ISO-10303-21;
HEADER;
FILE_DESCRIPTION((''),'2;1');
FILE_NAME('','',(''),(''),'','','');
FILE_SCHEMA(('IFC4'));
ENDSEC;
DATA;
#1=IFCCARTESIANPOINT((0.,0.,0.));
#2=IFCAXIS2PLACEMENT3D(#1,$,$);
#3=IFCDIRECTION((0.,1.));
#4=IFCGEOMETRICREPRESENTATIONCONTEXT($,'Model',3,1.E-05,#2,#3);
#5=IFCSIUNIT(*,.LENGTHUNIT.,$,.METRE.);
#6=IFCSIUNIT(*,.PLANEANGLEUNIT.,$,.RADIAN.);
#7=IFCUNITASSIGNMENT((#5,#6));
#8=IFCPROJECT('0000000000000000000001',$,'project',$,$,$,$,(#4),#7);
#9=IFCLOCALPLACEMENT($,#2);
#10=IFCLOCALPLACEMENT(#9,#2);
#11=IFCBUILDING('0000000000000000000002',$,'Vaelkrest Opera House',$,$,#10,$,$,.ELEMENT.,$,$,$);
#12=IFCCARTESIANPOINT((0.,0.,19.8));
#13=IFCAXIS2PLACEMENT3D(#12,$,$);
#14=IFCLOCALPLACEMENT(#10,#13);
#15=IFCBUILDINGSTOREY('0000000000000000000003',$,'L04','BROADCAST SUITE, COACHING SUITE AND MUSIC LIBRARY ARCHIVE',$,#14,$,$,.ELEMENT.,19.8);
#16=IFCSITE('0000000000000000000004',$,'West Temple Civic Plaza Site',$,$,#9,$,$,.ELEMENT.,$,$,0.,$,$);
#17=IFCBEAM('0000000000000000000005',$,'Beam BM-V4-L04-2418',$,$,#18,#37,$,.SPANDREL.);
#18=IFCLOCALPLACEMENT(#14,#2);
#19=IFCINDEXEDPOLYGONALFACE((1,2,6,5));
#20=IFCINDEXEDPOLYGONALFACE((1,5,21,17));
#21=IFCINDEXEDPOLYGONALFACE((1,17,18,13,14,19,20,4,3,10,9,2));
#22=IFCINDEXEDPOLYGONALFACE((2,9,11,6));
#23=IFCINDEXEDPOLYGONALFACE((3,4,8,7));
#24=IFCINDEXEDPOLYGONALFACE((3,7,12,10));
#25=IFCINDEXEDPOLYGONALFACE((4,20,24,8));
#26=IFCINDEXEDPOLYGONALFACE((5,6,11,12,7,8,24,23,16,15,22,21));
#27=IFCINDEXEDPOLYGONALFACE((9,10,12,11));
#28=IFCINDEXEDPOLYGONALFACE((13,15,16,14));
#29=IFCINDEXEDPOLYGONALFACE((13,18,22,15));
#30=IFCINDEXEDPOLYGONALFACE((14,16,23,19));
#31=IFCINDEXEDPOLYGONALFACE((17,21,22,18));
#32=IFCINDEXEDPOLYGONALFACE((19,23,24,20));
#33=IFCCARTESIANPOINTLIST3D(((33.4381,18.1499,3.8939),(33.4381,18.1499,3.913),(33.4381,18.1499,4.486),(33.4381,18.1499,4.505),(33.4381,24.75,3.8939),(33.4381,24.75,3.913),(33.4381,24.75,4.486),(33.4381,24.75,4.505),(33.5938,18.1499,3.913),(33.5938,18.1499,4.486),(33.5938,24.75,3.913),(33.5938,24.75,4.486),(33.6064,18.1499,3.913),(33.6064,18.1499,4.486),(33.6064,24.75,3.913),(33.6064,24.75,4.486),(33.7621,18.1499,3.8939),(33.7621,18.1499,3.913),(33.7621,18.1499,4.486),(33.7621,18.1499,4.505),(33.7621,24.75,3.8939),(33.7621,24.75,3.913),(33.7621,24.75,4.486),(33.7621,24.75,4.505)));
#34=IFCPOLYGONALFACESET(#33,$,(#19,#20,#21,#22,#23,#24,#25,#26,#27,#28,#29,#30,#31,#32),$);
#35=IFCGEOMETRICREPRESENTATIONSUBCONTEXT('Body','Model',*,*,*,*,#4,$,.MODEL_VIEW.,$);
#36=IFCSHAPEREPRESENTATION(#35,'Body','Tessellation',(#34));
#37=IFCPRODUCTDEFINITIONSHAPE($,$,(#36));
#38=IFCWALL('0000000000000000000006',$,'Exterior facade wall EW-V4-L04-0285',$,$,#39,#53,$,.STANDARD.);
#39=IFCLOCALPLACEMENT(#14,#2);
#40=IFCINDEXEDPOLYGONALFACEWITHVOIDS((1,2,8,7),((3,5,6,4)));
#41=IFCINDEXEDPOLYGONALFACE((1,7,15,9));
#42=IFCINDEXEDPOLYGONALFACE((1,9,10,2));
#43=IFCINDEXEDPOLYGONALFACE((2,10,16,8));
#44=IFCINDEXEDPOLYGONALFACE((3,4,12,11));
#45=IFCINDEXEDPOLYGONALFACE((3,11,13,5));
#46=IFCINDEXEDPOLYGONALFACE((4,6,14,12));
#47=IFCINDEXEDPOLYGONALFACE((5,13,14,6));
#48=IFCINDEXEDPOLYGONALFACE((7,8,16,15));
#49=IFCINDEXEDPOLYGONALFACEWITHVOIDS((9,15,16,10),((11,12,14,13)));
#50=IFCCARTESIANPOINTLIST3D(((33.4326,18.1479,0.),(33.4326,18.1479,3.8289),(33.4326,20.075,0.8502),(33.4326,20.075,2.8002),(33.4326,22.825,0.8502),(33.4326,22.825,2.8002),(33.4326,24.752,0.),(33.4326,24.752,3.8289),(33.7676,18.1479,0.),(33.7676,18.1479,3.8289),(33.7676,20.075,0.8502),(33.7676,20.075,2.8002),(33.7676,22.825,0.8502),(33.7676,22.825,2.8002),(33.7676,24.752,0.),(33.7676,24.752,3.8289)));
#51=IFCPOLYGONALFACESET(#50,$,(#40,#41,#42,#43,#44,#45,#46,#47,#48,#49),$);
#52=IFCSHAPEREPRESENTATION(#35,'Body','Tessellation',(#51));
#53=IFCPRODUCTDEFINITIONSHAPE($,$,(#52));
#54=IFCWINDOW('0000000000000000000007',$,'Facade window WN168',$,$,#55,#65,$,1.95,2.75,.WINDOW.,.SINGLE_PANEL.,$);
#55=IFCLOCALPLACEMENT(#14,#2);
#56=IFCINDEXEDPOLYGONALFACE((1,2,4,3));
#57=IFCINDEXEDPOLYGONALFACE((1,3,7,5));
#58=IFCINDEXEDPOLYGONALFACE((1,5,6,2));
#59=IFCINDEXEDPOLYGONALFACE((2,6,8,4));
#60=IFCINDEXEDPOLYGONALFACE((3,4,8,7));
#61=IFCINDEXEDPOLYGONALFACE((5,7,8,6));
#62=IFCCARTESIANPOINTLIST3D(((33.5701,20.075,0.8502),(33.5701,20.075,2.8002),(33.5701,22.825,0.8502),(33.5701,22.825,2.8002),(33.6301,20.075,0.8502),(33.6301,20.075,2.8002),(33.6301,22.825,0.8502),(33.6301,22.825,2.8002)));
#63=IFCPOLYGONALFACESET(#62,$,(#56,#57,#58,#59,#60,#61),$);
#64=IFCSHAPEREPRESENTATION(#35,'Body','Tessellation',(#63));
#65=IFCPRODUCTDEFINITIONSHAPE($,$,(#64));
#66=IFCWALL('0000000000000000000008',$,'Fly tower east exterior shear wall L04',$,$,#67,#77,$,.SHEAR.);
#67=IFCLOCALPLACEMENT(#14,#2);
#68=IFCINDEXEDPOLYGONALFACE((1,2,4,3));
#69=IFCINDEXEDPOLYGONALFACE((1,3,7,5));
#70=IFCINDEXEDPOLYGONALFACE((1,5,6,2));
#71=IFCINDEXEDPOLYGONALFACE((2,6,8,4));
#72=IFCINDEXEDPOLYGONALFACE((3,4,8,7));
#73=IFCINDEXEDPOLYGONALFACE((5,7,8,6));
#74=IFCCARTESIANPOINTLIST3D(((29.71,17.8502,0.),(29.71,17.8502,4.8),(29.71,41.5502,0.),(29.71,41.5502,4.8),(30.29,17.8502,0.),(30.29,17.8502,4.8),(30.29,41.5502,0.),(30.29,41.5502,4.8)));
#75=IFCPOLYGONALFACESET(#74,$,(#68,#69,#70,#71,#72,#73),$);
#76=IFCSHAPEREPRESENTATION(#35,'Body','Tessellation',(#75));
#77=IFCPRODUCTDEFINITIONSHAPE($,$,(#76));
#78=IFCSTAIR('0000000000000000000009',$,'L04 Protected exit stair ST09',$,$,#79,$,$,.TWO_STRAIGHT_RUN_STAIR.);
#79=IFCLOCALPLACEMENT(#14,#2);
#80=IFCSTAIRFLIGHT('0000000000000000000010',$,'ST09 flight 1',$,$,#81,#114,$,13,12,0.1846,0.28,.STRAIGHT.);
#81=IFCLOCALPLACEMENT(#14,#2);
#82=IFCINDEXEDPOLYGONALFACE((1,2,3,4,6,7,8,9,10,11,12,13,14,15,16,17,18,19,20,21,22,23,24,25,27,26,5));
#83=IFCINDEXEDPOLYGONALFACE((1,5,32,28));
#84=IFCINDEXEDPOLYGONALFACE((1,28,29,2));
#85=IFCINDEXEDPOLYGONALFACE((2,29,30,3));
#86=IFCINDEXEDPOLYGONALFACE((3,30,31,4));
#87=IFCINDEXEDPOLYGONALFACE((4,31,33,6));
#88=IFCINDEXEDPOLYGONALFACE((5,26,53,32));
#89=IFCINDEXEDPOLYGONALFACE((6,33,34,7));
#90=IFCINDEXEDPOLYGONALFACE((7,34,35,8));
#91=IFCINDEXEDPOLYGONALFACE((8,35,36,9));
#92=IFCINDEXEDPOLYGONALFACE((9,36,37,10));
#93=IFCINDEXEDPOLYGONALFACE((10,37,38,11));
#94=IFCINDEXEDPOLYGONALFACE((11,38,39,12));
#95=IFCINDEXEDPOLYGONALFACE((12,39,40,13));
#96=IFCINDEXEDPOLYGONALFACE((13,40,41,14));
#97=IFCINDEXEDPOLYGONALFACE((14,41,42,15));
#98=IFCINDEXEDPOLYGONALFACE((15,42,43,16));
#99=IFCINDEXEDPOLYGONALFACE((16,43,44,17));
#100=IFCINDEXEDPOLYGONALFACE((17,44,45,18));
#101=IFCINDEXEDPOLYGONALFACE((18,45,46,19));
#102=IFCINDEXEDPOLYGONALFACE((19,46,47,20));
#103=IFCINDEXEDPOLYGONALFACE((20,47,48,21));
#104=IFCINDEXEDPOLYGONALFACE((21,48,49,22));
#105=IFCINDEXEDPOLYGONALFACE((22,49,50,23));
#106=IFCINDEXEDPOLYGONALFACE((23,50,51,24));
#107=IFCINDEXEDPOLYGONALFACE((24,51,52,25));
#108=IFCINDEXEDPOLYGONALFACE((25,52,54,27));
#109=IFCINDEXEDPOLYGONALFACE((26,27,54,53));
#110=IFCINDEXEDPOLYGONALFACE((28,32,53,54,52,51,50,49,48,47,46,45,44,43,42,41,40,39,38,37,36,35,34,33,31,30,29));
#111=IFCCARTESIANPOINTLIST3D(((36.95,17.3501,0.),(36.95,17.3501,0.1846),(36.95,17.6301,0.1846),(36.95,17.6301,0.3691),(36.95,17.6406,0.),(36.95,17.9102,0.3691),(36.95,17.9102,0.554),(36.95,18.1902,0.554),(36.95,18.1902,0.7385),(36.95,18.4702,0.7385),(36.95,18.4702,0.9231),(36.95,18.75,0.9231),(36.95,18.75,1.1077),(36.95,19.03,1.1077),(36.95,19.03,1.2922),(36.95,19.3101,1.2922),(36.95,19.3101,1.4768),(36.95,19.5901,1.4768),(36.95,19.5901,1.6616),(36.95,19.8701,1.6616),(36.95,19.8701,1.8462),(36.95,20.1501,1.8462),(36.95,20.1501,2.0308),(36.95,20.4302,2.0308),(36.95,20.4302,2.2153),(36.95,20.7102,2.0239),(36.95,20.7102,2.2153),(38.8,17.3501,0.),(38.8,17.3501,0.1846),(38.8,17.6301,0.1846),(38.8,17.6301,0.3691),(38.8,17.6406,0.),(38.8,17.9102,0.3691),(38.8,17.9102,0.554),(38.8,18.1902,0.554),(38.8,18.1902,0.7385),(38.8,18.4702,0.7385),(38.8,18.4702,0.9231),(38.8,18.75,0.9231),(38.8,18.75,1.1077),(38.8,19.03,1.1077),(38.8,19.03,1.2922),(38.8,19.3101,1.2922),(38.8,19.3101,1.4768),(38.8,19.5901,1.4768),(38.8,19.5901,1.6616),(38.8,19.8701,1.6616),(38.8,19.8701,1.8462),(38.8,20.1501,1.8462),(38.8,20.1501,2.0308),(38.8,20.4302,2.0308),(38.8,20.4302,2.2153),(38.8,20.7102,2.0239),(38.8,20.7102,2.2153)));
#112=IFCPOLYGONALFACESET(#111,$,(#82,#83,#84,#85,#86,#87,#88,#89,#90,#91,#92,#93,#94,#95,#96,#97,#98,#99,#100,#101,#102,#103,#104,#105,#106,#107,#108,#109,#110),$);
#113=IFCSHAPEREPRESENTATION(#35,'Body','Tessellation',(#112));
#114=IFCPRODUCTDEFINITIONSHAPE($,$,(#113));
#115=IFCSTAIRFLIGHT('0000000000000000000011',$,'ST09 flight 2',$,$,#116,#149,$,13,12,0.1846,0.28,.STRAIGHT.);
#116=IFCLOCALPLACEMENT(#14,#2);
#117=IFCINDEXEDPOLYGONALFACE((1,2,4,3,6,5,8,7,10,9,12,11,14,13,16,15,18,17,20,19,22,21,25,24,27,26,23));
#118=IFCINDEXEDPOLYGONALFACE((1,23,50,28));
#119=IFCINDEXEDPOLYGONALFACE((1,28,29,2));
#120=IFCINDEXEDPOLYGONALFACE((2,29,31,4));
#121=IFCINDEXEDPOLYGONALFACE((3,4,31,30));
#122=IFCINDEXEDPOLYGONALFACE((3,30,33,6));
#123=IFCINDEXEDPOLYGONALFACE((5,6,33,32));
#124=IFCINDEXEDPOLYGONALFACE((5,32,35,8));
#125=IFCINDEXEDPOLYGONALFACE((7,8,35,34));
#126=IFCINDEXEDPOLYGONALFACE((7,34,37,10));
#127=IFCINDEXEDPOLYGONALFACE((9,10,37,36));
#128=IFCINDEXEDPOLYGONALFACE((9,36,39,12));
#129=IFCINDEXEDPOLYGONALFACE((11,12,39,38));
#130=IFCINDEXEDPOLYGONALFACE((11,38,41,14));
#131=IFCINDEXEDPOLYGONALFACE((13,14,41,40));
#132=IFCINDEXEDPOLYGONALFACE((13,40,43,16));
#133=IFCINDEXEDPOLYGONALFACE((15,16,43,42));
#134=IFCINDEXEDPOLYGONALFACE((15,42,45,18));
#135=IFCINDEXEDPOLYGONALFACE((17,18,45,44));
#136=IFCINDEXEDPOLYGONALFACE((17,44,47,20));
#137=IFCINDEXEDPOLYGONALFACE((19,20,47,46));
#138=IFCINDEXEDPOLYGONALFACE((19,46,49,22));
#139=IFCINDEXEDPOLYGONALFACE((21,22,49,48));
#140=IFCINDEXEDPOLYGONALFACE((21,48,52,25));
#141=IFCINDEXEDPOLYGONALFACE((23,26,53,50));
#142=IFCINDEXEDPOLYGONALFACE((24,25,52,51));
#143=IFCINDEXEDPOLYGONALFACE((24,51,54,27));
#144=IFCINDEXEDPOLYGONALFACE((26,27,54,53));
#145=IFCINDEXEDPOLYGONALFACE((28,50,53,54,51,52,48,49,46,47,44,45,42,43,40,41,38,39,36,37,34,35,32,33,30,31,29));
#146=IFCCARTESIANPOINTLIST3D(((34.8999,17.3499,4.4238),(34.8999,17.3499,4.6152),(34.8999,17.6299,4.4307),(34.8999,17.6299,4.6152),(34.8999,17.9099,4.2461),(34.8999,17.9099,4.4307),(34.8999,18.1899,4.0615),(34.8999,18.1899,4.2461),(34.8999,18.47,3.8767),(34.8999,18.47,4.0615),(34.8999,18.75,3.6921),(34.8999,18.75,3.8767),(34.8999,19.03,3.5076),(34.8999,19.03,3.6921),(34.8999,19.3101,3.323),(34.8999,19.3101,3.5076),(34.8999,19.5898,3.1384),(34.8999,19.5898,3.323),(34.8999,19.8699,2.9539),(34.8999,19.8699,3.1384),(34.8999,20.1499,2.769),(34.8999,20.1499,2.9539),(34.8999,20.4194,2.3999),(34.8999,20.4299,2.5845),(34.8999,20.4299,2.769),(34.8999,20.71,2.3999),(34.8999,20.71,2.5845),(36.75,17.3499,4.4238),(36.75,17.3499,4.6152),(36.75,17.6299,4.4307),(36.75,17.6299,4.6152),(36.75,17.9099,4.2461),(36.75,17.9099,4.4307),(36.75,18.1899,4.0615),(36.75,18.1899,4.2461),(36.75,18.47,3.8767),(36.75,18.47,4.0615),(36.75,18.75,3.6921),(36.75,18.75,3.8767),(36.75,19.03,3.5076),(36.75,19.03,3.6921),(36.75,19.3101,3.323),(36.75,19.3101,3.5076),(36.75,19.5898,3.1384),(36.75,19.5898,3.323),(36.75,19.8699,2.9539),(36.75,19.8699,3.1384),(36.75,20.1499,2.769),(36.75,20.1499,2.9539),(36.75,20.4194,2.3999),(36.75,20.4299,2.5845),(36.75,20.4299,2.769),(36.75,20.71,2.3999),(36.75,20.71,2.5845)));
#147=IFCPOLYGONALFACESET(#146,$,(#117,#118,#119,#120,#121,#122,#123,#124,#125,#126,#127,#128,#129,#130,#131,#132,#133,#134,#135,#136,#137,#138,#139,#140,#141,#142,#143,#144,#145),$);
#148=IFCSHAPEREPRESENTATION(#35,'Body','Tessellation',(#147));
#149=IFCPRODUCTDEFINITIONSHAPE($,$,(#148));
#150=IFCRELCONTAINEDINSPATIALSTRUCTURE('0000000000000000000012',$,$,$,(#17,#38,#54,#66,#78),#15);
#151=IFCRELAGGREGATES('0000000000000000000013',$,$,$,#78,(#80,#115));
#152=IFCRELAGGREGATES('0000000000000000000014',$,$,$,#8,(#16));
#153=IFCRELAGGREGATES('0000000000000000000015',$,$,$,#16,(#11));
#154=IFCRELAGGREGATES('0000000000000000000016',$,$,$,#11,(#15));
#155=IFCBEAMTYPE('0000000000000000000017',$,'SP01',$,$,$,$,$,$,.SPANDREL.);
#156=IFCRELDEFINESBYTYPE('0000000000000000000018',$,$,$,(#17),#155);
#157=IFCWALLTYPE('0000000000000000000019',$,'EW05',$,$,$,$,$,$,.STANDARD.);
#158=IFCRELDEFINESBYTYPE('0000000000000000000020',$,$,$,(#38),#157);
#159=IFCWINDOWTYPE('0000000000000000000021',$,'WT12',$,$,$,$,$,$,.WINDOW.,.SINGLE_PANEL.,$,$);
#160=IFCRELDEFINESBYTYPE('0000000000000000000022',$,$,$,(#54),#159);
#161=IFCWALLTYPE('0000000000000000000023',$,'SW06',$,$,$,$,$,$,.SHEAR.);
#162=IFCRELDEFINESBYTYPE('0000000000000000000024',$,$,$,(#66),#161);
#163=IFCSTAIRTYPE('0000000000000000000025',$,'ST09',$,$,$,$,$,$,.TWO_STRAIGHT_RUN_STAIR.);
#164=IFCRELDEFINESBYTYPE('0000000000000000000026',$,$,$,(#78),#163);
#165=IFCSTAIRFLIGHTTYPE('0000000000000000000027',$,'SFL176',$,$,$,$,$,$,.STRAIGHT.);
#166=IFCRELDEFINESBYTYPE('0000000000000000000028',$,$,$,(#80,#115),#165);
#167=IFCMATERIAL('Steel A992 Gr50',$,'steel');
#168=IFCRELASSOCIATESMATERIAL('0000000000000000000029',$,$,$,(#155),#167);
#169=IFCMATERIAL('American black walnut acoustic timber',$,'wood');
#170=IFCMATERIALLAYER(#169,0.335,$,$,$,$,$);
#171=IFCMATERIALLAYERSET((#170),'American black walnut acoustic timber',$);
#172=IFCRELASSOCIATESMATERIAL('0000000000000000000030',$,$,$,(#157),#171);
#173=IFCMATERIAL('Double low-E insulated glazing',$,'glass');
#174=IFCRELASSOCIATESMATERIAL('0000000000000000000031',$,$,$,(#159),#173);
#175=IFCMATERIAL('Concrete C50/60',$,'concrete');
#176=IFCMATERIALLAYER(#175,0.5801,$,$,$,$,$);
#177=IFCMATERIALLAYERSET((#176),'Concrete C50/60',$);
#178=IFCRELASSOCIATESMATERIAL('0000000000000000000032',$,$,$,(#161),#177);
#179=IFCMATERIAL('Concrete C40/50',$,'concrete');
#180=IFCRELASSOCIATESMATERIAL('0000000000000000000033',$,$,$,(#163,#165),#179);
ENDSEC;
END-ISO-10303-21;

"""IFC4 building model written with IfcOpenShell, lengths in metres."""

from ifc_helpers import new_model, si_unit, direction, frame, frame_2d, origin, origin_2d, place, context, subcontext, project, spatial, polyline, rectangle, i_section, outline, extrude, material, layer, layer_set, material_profile, profile_set, type_object, element, fill, aggregate, save


model = new_model("IFC4")

# Units and contexts
model_context = context("Model", 3, precision=1e-05, world=origin(), true_north=direction((0.0, 1.0)))
body_context = subcontext(model_context, "Body", "Model", "MODEL_VIEW")
ifc_project = project(units=[si_unit("LENGTHUNIT", "METRE"), si_unit("PLANEANGLEUNIT", "RADIAN")], contexts=[model_context])

# Site, building, storey
site_placement = place(None, origin())
site = spatial("IfcSite", under=ifc_project, at=site_placement, Name="West Temple Civic Plaza Site", CompositionType="ELEMENT", RefElevation=0.0)
building_placement = place(site_placement, origin())
building = spatial("IfcBuilding", under=site, at=building_placement, Name="Vaelkrest Opera House", CompositionType="ELEMENT")
storey_placement = place(building_placement, frame((0.0, 0.0, 19.8)))
storey = spatial("IfcBuildingStorey", under=building, at=storey_placement, Name="L04", Description="BROADCAST SUITE, COACHING SUITE AND MUSIC LIBRARY ARCHIVE", CompositionType="ELEMENT", Elevation=19.8)

# Shared definitions
ifc_material_1 = material(Name="Concrete C50/60", Category="concrete")

# Beam
ifc_material_2 = material(Name="Steel A992 Gr50", Category="steel")
ifc_material_profile_1 = material_profile(ifc_material_2, i_section(OverallWidth=0.324, OverallDepth=0.6111, WebThickness=0.0127, FlangeThickness=0.019, at=origin_2d()), Name="W24X104")
ifc_profile_set_1 = profile_set([ifc_material_profile_1], Name="Steel A992 Gr50")
beam_type_1 = type_object("IfcBeamType", Name="SP01", PredefinedType="SPANDREL", material=ifc_profile_set_1)
beam_1_placement = place(storey_placement, frame((33.6001, 18.1499, 4.1995), z_axis=(0.0, 1.0, 0.0), x_axis=(-1.0, 0.0, 0.0)))
element("IfcBeam", 1, at=beam_1_placement, inside=storey, type_object=beam_type_1, Name="Beam BM-V4-L04-2418", PredefinedType="SPANDREL", context=body_context, shape_type="SweptSolid", body=[
    extrude(i_section(OverallWidth=0.324, OverallDepth=0.6111, WebThickness=0.0127, FlangeThickness=0.019, at=origin_2d()), origin(), (0.0, 0.0, 1.0), 6.6001),
])

# Wall, opening, window
ifc_material_3 = material(Name="American black walnut acoustic timber", Category="wood")
ifc_layer_1 = layer(ifc_material_3, 0.335)
ifc_layer_set_1 = layer_set([ifc_layer_1], Name="American black walnut acoustic timber")
wall_type_1 = type_object("IfcWallType", Name="EW05", PredefinedType="STANDARD", material=ifc_layer_set_1)
wall_1_placement = place(storey_placement, frame((33.6001, 18.1479, 0.0), z_axis=(0.0, 0.0, 1.0), x_axis=(0.0, 1.0, 0.0)))
wall_1 = element("IfcWall", 2, at=wall_1_placement, inside=storey, type_object=wall_type_1, Name="Exterior facade wall EW-V4-L04-0285", PredefinedType="STANDARD", context=body_context, shape_type="SweptSolid", body=[
    extrude(rectangle(XDim=6.604, YDim=0.335, at=frame_2d((3.302, 0.0))), origin(), (0.0, 0.0, 1.0), 3.8289),
])
opening_placement = place(wall_1_placement, frame((1.927, 0.0, 0.8501)))
opening = element("IfcOpeningElement", 3, at=opening_placement, cuts=wall_1, PredefinedType="OPENING", context=body_context, shape_type="SweptSolid", body=[
    extrude(rectangle(XDim=2.75, YDim=1.95, at=frame_2d((1.375, 0.9751))), frame((0.0, 0.1775, 0.0), z_axis=(0.0, -1.0, 0.0), x_axis=(1.0, 0.0, 0.0)), (0.0, 0.0, 1.0), 0.355),
])
ifc_material_4 = material(Name="Double low-E insulated glazing", Category="glass")
window_type = type_object("IfcWindowType", Name="WT12", PartitioningType="SINGLE_PANEL", PredefinedType="WINDOW", material=ifc_material_4)
window_placement = place(opening_placement, origin())
window = element("IfcWindow", 4, at=window_placement, inside=storey, type_object=window_type, Name="Facade window WN168", OverallHeight=1.95, OverallWidth=2.75, PartitioningType="SINGLE_PANEL", PredefinedType="WINDOW", context=body_context, shape_type="SweptSolid", body=[
    extrude(rectangle(XDim=2.75, YDim=1.95, at=frame_2d((1.375, 0.9751))), frame((0.0, 0.03, 0.0), z_axis=(0.0, -1.0, 0.0), x_axis=(1.0, 0.0, 0.0)), (0.0, 0.0, 1.0), 0.0601),
])
fill(opening, window)

# Wall
ifc_layer_2 = layer(ifc_material_1, 0.5801)
ifc_layer_set_2 = layer_set([ifc_layer_2], Name="Concrete C50/60")
wall_type_2 = type_object("IfcWallType", Name="SW06", PredefinedType="SHEAR", material=ifc_layer_set_2)
wall_2_placement = place(storey_placement, frame((30.0, 17.8501, 0.0), z_axis=(0.0, 0.0, 1.0), x_axis=(0.0, 1.0, 0.0)))
element("IfcWall", 5, at=wall_2_placement, inside=storey, type_object=wall_type_2, Name="Fly tower east exterior shear wall L04", PredefinedType="SHEAR", context=body_context, shape_type="SweptSolid", body=[
    extrude(rectangle(XDim=23.7, YDim=0.5801, at=frame_2d((11.8501, 0.0))), origin(), (0.0, 0.0, 1.0), 4.8),
])

# Stair, stair flights
ifc_material_5 = material(Name="Concrete C40/50", Category="concrete")
stair_type = type_object("IfcStairType", Name="ST09", PredefinedType="TWO_STRAIGHT_RUN_STAIR", material=ifc_material_5)
stair_placement = place(storey_placement, origin())
stair = element("IfcStair", 6, at=stair_placement, inside=storey, type_object=stair_type, Name="L04 Protected exit stair ST09", PredefinedType="TWO_STRAIGHT_RUN_STAIR")
stair_flight_type = type_object("IfcStairFlightType", Name="SFL176", PredefinedType="STRAIGHT", material=ifc_material_5)
stair_flight_1_placement = place(storey_placement, frame((37.875, 17.3501, 0.0), z_axis=(0.0, 0.0, 1.0), x_axis=(0.0, 1.0, 0.0)))
stair_flight_1 = element("IfcStairFlight", 7, at=stair_flight_1_placement, type_object=stair_flight_type, Name="ST09 flight 1", NumberOfRisers=13, NumberOfTreads=12, PredefinedType="STRAIGHT", RiserHeight=0.1846, TreadLength=0.28, context=body_context, shape_type="SweptSolid", body=[
    extrude(outline(polyline([(0.0, 0.0), (0.0, 0.1846), (0.28, 0.1846), (0.28, 0.3691), (0.5601, 0.3691), (0.5601, 0.554), (0.8401, 0.554), (0.8401, 0.7385), (1.1201, 0.7385), (1.1201, 0.9231), (1.3999, 0.9231), (1.3999, 1.1077), (1.6799, 1.1077), (1.6799, 1.2922), (1.96, 1.2922), (1.96, 1.4768), (2.24, 1.4768), (2.24, 1.6616), (2.52, 1.6616), (2.52, 1.8462), (2.8, 1.8462), (2.8, 2.0308), (3.0801, 2.0308), (3.0801, 2.2153), (3.3601, 2.2153), (3.3601, 2.3999), (3.3601, 2.0239), (0.2905, 0.0), (0.0, 0.0)])), frame((0.0, 0.925, 0.0), z_axis=(0.0, -1.0, 0.0), x_axis=(1.0, 0.0, 0.0)), (0.0, 0.0, 1.0), 1.8501),
])
stair_flight_2_placement = place(storey_placement, frame((35.825, 20.71, 2.3999), z_axis=(0.0, 0.0, 1.0), x_axis=(0.0, -1.0, 0.0)))
stair_flight_2 = element("IfcStairFlight", 8, at=stair_flight_2_placement, type_object=stair_flight_type, Name="ST09 flight 2", NumberOfRisers=13, NumberOfTreads=12, PredefinedType="STRAIGHT", RiserHeight=0.1846, TreadLength=0.28, context=body_context, shape_type="SweptSolid", body=[
    extrude(outline(polyline([(0.0, 0.0), (0.0, 0.1846), (0.28, 0.1846), (0.28, 0.3691), (0.5601, 0.3691), (0.5601, 0.554), (0.8401, 0.554), (0.8401, 0.7385), (1.1201, 0.7385), (1.1201, 0.9231), (1.3999, 0.9231), (1.3999, 1.1077), (1.6799, 1.1077), (1.6799, 1.2922), (1.96, 1.2922), (1.96, 1.4768), (2.24, 1.4768), (2.24, 1.6616), (2.52, 1.6616), (2.52, 1.8462), (2.8, 1.8462), (2.8, 2.0308), (3.0801, 2.0308), (3.0801, 2.2153), (3.3601, 2.2153), (3.3601, 2.3999), (3.3601, 2.0239), (0.2905, 0.0), (0.0, 0.0)])), frame((0.0, 0.925, 0.0), z_axis=(0.0, -1.0, 0.0), x_axis=(1.0, 0.0, 0.0)), (0.0, 0.0, 1.0), 1.8501),
])
aggregate(stair, [stair_flight_1, stair_flight_2])

save(model, "model.ifc")
